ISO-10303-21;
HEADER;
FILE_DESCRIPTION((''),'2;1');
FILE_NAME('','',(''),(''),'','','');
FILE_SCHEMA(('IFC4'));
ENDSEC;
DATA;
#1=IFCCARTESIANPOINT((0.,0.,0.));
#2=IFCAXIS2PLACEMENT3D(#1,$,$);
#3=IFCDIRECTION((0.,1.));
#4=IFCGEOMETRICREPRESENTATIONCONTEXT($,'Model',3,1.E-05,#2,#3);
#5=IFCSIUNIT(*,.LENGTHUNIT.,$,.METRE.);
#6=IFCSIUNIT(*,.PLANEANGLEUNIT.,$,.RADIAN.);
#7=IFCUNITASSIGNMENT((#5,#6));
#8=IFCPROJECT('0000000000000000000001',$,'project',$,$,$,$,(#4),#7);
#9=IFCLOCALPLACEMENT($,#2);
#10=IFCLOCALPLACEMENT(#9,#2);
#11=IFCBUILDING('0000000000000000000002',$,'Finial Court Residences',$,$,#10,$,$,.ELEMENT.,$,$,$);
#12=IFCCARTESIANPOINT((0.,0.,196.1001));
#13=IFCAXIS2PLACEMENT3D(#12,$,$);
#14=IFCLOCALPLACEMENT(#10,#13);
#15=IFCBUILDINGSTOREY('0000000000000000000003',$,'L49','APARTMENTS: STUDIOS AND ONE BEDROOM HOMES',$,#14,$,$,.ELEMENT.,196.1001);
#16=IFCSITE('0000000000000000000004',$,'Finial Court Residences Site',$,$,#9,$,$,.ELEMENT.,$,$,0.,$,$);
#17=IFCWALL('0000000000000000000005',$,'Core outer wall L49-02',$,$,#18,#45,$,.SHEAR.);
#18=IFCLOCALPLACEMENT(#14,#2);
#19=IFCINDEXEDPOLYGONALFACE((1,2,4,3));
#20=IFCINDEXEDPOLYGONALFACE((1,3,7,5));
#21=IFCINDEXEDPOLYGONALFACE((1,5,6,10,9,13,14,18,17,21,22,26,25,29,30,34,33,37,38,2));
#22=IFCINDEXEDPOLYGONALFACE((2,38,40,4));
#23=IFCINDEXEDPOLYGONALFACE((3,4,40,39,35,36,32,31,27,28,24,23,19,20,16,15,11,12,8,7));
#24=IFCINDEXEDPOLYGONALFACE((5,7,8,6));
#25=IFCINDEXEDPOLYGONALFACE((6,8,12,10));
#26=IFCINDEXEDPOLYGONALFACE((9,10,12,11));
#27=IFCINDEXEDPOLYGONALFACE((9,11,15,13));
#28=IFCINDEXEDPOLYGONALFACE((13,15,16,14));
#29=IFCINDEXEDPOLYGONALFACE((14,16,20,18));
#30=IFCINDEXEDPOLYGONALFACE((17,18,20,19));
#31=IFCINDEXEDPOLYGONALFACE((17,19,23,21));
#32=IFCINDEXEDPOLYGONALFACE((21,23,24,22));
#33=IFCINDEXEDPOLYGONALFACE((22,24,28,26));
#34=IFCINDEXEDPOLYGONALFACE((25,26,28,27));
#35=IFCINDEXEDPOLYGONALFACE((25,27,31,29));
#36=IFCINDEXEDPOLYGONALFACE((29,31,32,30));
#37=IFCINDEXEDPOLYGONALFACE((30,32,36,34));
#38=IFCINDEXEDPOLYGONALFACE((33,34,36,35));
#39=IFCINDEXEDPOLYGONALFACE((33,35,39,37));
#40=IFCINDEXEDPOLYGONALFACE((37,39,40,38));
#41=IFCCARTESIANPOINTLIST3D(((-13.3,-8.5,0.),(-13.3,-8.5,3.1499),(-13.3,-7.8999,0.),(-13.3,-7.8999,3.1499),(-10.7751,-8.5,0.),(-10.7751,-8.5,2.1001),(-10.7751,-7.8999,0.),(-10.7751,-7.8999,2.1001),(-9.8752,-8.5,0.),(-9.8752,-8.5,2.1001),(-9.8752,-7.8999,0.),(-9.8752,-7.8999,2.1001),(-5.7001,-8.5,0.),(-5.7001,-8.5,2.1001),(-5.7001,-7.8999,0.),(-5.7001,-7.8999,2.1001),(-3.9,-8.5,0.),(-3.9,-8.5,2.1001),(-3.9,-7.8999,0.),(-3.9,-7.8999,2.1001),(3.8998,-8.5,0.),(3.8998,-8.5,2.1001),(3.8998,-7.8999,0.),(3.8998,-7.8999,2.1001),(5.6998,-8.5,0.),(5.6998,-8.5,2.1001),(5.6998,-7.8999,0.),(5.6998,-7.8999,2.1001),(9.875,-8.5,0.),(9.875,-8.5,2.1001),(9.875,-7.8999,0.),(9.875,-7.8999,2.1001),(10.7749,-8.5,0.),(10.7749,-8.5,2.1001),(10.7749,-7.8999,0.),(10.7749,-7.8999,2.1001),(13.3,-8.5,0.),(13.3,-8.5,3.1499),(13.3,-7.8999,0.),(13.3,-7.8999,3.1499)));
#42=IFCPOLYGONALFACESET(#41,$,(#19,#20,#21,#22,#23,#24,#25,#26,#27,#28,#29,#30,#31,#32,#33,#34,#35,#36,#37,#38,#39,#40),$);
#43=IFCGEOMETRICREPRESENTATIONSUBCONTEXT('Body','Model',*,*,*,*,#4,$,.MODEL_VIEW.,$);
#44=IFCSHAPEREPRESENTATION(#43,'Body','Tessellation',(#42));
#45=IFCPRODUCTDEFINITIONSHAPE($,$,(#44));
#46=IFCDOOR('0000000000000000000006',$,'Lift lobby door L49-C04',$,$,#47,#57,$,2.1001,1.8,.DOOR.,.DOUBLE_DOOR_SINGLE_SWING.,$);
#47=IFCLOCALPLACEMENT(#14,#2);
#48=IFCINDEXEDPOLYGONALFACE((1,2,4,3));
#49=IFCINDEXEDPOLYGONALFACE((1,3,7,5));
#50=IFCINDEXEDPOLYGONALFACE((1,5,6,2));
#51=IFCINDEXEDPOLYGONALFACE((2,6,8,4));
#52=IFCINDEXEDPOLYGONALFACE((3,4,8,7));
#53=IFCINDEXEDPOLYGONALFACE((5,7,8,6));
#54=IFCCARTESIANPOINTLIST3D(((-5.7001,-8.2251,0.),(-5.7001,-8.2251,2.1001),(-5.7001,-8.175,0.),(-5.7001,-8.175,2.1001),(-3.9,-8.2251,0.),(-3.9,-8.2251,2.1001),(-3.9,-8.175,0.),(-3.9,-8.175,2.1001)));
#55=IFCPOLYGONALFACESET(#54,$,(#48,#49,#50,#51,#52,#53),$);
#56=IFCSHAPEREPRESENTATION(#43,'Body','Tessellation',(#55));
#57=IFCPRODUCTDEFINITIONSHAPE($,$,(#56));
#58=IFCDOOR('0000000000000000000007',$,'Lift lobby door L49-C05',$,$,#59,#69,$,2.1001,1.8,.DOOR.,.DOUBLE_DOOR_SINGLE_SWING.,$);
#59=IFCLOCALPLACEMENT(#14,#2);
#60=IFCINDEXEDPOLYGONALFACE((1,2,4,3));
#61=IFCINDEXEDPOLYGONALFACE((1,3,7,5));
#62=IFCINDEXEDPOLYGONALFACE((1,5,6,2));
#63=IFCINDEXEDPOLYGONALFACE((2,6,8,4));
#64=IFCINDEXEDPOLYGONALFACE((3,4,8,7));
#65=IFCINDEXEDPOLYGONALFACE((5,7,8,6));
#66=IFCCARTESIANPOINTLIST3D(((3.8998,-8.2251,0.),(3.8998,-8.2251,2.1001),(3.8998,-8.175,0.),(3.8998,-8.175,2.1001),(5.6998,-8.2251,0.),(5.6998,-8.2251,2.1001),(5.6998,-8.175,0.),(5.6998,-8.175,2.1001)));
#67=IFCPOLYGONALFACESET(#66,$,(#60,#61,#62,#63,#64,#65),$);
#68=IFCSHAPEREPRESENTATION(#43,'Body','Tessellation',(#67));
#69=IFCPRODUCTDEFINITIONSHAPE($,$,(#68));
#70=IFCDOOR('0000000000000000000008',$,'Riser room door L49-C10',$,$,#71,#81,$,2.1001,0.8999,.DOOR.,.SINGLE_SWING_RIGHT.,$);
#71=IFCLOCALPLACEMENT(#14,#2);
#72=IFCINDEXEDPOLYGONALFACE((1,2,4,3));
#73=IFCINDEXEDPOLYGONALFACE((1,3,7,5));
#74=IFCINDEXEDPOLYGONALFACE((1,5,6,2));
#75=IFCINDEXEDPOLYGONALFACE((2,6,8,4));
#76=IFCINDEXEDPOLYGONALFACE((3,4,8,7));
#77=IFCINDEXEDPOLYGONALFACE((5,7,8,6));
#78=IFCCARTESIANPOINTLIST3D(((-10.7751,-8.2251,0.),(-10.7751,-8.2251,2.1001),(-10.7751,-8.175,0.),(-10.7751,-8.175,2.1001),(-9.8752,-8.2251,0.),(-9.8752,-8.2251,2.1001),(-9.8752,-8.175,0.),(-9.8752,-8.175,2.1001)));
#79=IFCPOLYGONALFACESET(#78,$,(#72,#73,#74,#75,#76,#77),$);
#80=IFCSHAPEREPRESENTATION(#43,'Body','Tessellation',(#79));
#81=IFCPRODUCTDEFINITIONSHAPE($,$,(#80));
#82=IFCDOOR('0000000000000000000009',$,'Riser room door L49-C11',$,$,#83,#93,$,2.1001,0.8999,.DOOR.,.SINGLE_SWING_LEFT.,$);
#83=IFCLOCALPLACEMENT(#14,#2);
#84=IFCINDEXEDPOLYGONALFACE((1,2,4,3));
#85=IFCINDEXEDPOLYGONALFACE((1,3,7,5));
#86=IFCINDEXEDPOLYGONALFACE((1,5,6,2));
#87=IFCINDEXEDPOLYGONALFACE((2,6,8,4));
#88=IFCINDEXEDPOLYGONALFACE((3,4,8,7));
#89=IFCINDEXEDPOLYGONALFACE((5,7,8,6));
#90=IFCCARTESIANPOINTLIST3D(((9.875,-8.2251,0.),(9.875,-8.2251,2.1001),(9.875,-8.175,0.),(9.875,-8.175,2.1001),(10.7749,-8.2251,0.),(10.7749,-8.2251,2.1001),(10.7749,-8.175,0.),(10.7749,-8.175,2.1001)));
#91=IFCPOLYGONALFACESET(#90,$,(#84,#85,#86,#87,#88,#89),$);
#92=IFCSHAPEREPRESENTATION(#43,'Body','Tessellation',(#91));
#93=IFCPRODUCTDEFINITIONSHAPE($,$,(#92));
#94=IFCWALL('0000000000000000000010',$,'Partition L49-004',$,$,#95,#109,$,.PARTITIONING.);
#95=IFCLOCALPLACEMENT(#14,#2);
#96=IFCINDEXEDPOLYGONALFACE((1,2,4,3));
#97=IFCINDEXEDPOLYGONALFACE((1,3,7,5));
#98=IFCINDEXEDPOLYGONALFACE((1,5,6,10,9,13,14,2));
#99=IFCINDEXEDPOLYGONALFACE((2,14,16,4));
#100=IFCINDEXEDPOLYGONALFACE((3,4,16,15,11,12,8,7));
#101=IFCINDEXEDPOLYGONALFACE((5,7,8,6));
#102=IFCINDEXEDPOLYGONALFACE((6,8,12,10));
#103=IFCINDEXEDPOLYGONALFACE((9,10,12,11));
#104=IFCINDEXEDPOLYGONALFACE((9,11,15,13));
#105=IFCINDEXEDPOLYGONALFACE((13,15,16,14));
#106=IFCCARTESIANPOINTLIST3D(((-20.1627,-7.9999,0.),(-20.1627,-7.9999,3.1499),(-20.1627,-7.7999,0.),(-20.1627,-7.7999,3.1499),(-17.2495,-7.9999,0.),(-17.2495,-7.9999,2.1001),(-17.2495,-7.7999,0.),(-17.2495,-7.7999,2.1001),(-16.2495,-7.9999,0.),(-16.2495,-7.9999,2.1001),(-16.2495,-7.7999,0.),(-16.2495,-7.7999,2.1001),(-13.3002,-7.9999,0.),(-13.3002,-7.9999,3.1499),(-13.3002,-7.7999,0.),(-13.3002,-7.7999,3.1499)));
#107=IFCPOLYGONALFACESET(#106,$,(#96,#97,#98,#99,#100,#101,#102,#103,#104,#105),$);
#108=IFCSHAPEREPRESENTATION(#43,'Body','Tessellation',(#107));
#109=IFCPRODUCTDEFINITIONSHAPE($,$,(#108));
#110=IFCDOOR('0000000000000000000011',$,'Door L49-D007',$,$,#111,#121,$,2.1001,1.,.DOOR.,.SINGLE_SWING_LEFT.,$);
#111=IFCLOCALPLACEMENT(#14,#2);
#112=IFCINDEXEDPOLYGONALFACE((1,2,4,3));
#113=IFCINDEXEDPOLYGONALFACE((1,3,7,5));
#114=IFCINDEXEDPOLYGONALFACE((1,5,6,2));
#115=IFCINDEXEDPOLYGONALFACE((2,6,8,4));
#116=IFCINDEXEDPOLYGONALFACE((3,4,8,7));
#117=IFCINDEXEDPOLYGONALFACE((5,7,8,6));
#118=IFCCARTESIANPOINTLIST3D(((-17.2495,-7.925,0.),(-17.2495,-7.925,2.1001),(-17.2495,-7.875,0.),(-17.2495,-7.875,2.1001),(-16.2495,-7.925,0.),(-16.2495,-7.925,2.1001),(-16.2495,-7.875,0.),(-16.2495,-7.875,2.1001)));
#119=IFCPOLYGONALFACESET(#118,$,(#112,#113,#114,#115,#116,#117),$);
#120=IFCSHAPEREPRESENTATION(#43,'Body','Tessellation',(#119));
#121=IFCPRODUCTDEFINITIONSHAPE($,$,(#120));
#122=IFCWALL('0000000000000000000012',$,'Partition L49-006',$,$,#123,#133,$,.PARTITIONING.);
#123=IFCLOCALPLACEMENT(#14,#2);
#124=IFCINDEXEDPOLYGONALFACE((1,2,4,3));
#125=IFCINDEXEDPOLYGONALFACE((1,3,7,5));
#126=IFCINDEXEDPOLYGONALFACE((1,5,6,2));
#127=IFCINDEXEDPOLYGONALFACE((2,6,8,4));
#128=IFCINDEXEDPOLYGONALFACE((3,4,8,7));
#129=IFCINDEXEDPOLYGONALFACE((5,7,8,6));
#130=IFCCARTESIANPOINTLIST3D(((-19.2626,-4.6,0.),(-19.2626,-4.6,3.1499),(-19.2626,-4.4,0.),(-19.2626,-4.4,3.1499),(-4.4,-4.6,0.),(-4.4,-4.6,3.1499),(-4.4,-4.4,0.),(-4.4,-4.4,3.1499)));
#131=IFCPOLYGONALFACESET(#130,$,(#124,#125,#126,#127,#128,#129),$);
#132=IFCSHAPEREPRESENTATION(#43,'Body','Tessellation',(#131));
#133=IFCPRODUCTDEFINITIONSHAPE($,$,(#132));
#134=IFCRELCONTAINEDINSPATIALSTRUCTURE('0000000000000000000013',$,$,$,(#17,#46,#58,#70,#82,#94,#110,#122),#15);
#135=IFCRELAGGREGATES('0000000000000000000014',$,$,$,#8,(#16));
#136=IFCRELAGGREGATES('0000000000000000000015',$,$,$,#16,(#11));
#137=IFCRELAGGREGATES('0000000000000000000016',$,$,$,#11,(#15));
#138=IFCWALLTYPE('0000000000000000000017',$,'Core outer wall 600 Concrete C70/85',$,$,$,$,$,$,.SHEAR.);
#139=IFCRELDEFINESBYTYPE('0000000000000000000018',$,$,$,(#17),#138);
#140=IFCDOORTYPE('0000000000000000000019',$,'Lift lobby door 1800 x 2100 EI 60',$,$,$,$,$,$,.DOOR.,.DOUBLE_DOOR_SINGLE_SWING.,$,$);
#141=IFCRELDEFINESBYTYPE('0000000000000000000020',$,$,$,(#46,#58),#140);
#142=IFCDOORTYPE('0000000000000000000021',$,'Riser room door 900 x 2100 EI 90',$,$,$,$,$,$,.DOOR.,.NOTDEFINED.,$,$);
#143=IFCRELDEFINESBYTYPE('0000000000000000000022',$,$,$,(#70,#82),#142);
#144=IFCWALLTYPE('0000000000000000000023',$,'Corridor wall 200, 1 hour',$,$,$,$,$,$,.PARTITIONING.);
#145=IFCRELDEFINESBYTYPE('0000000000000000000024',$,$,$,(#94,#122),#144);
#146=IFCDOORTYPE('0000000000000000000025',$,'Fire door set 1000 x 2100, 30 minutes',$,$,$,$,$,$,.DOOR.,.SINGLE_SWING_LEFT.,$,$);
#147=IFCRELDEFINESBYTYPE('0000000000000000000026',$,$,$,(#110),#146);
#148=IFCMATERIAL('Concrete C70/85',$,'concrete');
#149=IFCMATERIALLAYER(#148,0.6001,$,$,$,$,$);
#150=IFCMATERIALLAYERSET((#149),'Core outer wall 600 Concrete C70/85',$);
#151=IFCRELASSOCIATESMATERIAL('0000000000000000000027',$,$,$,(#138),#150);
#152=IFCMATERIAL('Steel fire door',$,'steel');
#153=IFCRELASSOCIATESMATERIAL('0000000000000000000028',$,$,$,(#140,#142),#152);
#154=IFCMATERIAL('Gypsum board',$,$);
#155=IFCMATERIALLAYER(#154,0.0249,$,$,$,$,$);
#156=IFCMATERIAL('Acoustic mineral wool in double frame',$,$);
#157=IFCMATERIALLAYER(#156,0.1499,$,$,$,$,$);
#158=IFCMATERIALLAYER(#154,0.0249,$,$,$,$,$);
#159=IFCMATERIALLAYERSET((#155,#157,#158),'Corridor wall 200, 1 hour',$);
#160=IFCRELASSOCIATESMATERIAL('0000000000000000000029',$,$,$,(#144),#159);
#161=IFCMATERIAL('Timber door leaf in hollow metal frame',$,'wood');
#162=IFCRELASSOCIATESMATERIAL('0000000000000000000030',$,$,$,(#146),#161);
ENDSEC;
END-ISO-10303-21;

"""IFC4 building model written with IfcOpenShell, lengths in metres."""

from ifc_helpers import new_model, si_unit, direction, frame, frame_2d, origin, place, context, subcontext, project, spatial, rectangle, extrude, material, layer, layer_set, type_object, element, fill, save


model = new_model("IFC4")

# Units and contexts
model_context = context("Model", 3, precision=1e-05, world=origin(), true_north=direction((0.0, 1.0)))
body_context = subcontext(model_context, "Body", "Model", "MODEL_VIEW")
ifc_project = project(units=[si_unit("LENGTHUNIT", "METRE"), si_unit("PLANEANGLEUNIT", "RADIAN")], contexts=[model_context])

# Site, building, storey
site_placement = place(None, origin())
site = spatial("IfcSite", under=ifc_project, at=site_placement, Name="Finial Court Residences Site", CompositionType="ELEMENT", RefElevation=0.0)
building_placement = place(site_placement, origin())
building = spatial("IfcBuilding", under=site, at=building_placement, Name="Finial Court Residences", CompositionType="ELEMENT")
storey_placement = place(building_placement, frame((0.0, 0.0, 196.1001)))
storey = spatial("IfcBuildingStorey", under=building, at=storey_placement, Name="L49", Description="APARTMENTS: STUDIOS AND ONE BEDROOM HOMES", CompositionType="ELEMENT", Elevation=196.1001)

# Wall, openings, doors
ifc_material_1 = material(Name="Concrete C70/85", Category="concrete")
ifc_layer_1 = layer(ifc_material_1, 0.6001)
ifc_layer_set_1 = layer_set([ifc_layer_1], Name="Core outer wall 600 Concrete C70/85")
wall_type_1 = type_object("IfcWallType", Name="Core outer wall 600 Concrete C70/85", PredefinedType="SHEAR", material=ifc_layer_set_1)
wall_1_placement = place(storey_placement, frame((-13.3, -8.2, 0.0), z_axis=(0.0, 0.0, 1.0), x_axis=(1.0, 0.0, 0.0)))
wall_1 = element("IfcWall", 1, at=wall_1_placement, inside=storey, type_object=wall_type_1, Name="Core outer wall L49-02", PredefinedType="SHEAR", context=body_context, shape_type="SweptSolid", body=[
    extrude(rectangle(XDim=26.6001, YDim=0.6001, at=frame_2d((13.3, 0.0))), origin(), (0.0, 0.0, 1.0), 3.1499),
])
opening_1_placement = place(wall_1_placement, frame((7.6001, 0.0, 0.0)))
opening_1 = element("IfcOpeningElement", 2, at=opening_1_placement, cuts=wall_1, PredefinedType="OPENING", context=body_context, shape_type="SweptSolid", body=[
    extrude(rectangle(XDim=1.8, YDim=2.1001, at=frame_2d((0.8999, 1.05))), frame((0.0, 0.3101, 0.0), z_axis=(0.0, -1.0, 0.0), x_axis=(1.0, 0.0, 0.0)), (0.0, 0.0, 1.0), 0.6201),
])
opening_2_placement = place(wall_1_placement, frame((17.2, 0.0, 0.0)))
opening_2 = element("IfcOpeningElement", 3, at=opening_2_placement, cuts=wall_1, PredefinedType="OPENING", context=body_context, shape_type="SweptSolid", body=[
    extrude(rectangle(XDim=1.8, YDim=2.1001, at=frame_2d((0.8999, 1.05))), frame((0.0, 0.3101, 0.0), z_axis=(0.0, -1.0, 0.0), x_axis=(1.0, 0.0, 0.0)), (0.0, 0.0, 1.0), 0.6201),
])
opening_3_placement = place(wall_1_placement, frame((2.5249, 0.0, 0.0)))
opening_3 = element("IfcOpeningElement", 4, at=opening_3_placement, cuts=wall_1, PredefinedType="OPENING", context=body_context, shape_type="SweptSolid", body=[
    extrude(rectangle(XDim=0.8999, YDim=2.1001, at=frame_2d((0.45, 1.05))), frame((0.0, 0.3101, 0.0), z_axis=(0.0, -1.0, 0.0), x_axis=(1.0, 0.0, 0.0)), (0.0, 0.0, 1.0), 0.6201),
])
opening_4_placement = place(wall_1_placement, frame((23.175, 0.0, 0.0)))
opening_4 = element("IfcOpeningElement", 5, at=opening_4_placement, cuts=wall_1, PredefinedType="OPENING", context=body_context, shape_type="SweptSolid", body=[
    extrude(rectangle(XDim=0.8999, YDim=2.1001, at=frame_2d((0.45, 1.05))), frame((0.0, 0.3101, 0.0), z_axis=(0.0, -1.0, 0.0), x_axis=(1.0, 0.0, 0.0)), (0.0, 0.0, 1.0), 0.6201),
])
ifc_material_2 = material(Name="Steel fire door", Category="steel")
door_type_1 = type_object("IfcDoorType", Name="Lift lobby door 1800 x 2100 EI 60", OperationType="DOUBLE_DOOR_SINGLE_SWING", PredefinedType="DOOR", material=ifc_material_2)
door_1_placement = place(opening_1_placement, origin())
door_1 = element("IfcDoor", 6, at=door_1_placement, inside=storey, type_object=door_type_1, Name="Lift lobby door L49-C04", OperationType="DOUBLE_DOOR_SINGLE_SWING", OverallHeight=2.1001, OverallWidth=1.8, PredefinedType="DOOR", context=body_context, shape_type="SweptSolid", body=[
    extrude(rectangle(XDim=1.8, YDim=2.1001, at=frame_2d((0.8999, 1.05))), frame((0.0, 0.0249, 0.0), z_axis=(0.0, -1.0, 0.0), x_axis=(1.0, 0.0, 0.0)), (0.0, 0.0, 1.0), 0.05),
])
fill(opening_1, door_1)
door_2_placement = place(opening_2_placement, origin())
door_2 = element("IfcDoor", 7, at=door_2_placement, inside=storey, type_object=door_type_1, Name="Lift lobby door L49-C05", OperationType="DOUBLE_DOOR_SINGLE_SWING", OverallHeight=2.1001, OverallWidth=1.8, PredefinedType="DOOR", context=body_context, shape_type="SweptSolid", body=[
    extrude(rectangle(XDim=1.8, YDim=2.1001, at=frame_2d((0.8999, 1.05))), frame((0.0, 0.0249, 0.0), z_axis=(0.0, -1.0, 0.0), x_axis=(1.0, 0.0, 0.0)), (0.0, 0.0, 1.0), 0.05),
])
fill(opening_2, door_2)
door_type_2 = type_object("IfcDoorType", Name="Riser room door 900 x 2100 EI 90", OperationType="NOTDEFINED", PredefinedType="DOOR", material=ifc_material_2)
door_3_placement = place(opening_3_placement, origin())
door_3 = element("IfcDoor", 8, at=door_3_placement, inside=storey, type_object=door_type_2, Name="Riser room door L49-C10", OperationType="SINGLE_SWING_RIGHT", OverallHeight=2.1001, OverallWidth=0.8999, PredefinedType="DOOR", context=body_context, shape_type="SweptSolid", body=[
    extrude(rectangle(XDim=0.8999, YDim=2.1001, at=frame_2d((0.45, 1.05))), frame((0.0, 0.0249, 0.0), z_axis=(0.0, -1.0, 0.0), x_axis=(1.0, 0.0, 0.0)), (0.0, 0.0, 1.0), 0.05),
])
fill(opening_3, door_3)
door_4_placement = place(opening_4_placement, origin())
door_4 = element("IfcDoor", 9, at=door_4_placement, inside=storey, type_object=door_type_2, Name="Riser room door L49-C11", OperationType="SINGLE_SWING_LEFT", OverallHeight=2.1001, OverallWidth=0.8999, PredefinedType="DOOR", context=body_context, shape_type="SweptSolid", body=[
    extrude(rectangle(XDim=0.8999, YDim=2.1001, at=frame_2d((0.45, 1.05))), frame((0.0, 0.0249, 0.0), z_axis=(0.0, -1.0, 0.0), x_axis=(1.0, 0.0, 0.0)), (0.0, 0.0, 1.0), 0.05),
])
fill(opening_4, door_4)

# Wall, opening, door
ifc_material_3 = material(Name="Gypsum board")
ifc_layer_2 = layer(ifc_material_3, 0.0249)
ifc_material_4 = material(Name="Acoustic mineral wool in double frame")
ifc_layer_3 = layer(ifc_material_4, 0.1499)
ifc_layer_4 = layer(ifc_material_3, 0.0249)
ifc_layer_set_2 = layer_set([ifc_layer_2, ifc_layer_3, ifc_layer_4], Name="Corridor wall 200, 1 hour")
wall_type_2 = type_object("IfcWallType", Name="Corridor wall 200, 1 hour", PredefinedType="PARTITIONING", material=ifc_layer_set_2)
wall_2_placement = place(storey_placement, frame((-20.1626, -7.8999, 0.0), z_axis=(0.0, 0.0, 1.0), x_axis=(1.0, 0.0, 0.0)))
wall_2 = element("IfcWall", 10, at=wall_2_placement, inside=storey, type_object=wall_type_2, Name="Partition L49-004", PredefinedType="PARTITIONING", context=body_context, shape_type="SweptSolid", body=[
    extrude(rectangle(XDim=6.8625, YDim=0.2, at=frame_2d((3.4312, 0.0))), origin(), (0.0, 0.0, 1.0), 3.1499),
])
opening_5_placement = place(wall_2_placement, frame((2.9131, 0.0, 0.0)))
opening_5 = element("IfcOpeningElement", 11, at=opening_5_placement, cuts=wall_2, PredefinedType="OPENING", context=body_context, shape_type="SweptSolid", body=[
    extrude(rectangle(XDim=1.0, YDim=2.1001, at=frame_2d((0.5, 1.05))), frame((0.0, 0.1099, 0.0), z_axis=(0.0, -1.0, 0.0), x_axis=(1.0, 0.0, 0.0)), (0.0, 0.0, 1.0), 0.22),
])
ifc_material_5 = material(Name="Timber door leaf in hollow metal frame", Category="wood")
door_type_3 = type_object("IfcDoorType", Name="Fire door set 1000 x 2100, 30 minutes", OperationType="SINGLE_SWING_LEFT", PredefinedType="DOOR", material=ifc_material_5)
door_5_placement = place(opening_5_placement, origin())
door_5 = element("IfcDoor", 12, at=door_5_placement, inside=storey, type_object=door_type_3, Name="Door L49-D007", OperationType="SINGLE_SWING_LEFT", OverallHeight=2.1001, OverallWidth=1.0, PredefinedType="DOOR", context=body_context, shape_type="SweptSolid", body=[
    extrude(rectangle(XDim=1.0, YDim=2.1001, at=frame_2d((0.5, 1.05))), frame((0.0, 0.0249, 0.0), z_axis=(0.0, -1.0, 0.0), x_axis=(1.0, 0.0, 0.0)), (0.0, 0.0, 1.0), 0.05),
])
fill(opening_5, door_5)

# Wall
wall_3_placement = place(storey_placement, frame((-19.2625, -4.5, 0.0), z_axis=(0.0, 0.0, 1.0), x_axis=(1.0, 0.0, 0.0)))
element("IfcWall", 13, at=wall_3_placement, inside=storey, type_object=wall_type_2, Name="Partition L49-006", PredefinedType="PARTITIONING", context=body_context, shape_type="SweptSolid", body=[
    extrude(rectangle(XDim=14.8625, YDim=0.2, at=frame_2d((7.4312, 0.0))), origin(), (0.0, 0.0, 1.0), 3.1499),
])

save(model, "model.ifc")
